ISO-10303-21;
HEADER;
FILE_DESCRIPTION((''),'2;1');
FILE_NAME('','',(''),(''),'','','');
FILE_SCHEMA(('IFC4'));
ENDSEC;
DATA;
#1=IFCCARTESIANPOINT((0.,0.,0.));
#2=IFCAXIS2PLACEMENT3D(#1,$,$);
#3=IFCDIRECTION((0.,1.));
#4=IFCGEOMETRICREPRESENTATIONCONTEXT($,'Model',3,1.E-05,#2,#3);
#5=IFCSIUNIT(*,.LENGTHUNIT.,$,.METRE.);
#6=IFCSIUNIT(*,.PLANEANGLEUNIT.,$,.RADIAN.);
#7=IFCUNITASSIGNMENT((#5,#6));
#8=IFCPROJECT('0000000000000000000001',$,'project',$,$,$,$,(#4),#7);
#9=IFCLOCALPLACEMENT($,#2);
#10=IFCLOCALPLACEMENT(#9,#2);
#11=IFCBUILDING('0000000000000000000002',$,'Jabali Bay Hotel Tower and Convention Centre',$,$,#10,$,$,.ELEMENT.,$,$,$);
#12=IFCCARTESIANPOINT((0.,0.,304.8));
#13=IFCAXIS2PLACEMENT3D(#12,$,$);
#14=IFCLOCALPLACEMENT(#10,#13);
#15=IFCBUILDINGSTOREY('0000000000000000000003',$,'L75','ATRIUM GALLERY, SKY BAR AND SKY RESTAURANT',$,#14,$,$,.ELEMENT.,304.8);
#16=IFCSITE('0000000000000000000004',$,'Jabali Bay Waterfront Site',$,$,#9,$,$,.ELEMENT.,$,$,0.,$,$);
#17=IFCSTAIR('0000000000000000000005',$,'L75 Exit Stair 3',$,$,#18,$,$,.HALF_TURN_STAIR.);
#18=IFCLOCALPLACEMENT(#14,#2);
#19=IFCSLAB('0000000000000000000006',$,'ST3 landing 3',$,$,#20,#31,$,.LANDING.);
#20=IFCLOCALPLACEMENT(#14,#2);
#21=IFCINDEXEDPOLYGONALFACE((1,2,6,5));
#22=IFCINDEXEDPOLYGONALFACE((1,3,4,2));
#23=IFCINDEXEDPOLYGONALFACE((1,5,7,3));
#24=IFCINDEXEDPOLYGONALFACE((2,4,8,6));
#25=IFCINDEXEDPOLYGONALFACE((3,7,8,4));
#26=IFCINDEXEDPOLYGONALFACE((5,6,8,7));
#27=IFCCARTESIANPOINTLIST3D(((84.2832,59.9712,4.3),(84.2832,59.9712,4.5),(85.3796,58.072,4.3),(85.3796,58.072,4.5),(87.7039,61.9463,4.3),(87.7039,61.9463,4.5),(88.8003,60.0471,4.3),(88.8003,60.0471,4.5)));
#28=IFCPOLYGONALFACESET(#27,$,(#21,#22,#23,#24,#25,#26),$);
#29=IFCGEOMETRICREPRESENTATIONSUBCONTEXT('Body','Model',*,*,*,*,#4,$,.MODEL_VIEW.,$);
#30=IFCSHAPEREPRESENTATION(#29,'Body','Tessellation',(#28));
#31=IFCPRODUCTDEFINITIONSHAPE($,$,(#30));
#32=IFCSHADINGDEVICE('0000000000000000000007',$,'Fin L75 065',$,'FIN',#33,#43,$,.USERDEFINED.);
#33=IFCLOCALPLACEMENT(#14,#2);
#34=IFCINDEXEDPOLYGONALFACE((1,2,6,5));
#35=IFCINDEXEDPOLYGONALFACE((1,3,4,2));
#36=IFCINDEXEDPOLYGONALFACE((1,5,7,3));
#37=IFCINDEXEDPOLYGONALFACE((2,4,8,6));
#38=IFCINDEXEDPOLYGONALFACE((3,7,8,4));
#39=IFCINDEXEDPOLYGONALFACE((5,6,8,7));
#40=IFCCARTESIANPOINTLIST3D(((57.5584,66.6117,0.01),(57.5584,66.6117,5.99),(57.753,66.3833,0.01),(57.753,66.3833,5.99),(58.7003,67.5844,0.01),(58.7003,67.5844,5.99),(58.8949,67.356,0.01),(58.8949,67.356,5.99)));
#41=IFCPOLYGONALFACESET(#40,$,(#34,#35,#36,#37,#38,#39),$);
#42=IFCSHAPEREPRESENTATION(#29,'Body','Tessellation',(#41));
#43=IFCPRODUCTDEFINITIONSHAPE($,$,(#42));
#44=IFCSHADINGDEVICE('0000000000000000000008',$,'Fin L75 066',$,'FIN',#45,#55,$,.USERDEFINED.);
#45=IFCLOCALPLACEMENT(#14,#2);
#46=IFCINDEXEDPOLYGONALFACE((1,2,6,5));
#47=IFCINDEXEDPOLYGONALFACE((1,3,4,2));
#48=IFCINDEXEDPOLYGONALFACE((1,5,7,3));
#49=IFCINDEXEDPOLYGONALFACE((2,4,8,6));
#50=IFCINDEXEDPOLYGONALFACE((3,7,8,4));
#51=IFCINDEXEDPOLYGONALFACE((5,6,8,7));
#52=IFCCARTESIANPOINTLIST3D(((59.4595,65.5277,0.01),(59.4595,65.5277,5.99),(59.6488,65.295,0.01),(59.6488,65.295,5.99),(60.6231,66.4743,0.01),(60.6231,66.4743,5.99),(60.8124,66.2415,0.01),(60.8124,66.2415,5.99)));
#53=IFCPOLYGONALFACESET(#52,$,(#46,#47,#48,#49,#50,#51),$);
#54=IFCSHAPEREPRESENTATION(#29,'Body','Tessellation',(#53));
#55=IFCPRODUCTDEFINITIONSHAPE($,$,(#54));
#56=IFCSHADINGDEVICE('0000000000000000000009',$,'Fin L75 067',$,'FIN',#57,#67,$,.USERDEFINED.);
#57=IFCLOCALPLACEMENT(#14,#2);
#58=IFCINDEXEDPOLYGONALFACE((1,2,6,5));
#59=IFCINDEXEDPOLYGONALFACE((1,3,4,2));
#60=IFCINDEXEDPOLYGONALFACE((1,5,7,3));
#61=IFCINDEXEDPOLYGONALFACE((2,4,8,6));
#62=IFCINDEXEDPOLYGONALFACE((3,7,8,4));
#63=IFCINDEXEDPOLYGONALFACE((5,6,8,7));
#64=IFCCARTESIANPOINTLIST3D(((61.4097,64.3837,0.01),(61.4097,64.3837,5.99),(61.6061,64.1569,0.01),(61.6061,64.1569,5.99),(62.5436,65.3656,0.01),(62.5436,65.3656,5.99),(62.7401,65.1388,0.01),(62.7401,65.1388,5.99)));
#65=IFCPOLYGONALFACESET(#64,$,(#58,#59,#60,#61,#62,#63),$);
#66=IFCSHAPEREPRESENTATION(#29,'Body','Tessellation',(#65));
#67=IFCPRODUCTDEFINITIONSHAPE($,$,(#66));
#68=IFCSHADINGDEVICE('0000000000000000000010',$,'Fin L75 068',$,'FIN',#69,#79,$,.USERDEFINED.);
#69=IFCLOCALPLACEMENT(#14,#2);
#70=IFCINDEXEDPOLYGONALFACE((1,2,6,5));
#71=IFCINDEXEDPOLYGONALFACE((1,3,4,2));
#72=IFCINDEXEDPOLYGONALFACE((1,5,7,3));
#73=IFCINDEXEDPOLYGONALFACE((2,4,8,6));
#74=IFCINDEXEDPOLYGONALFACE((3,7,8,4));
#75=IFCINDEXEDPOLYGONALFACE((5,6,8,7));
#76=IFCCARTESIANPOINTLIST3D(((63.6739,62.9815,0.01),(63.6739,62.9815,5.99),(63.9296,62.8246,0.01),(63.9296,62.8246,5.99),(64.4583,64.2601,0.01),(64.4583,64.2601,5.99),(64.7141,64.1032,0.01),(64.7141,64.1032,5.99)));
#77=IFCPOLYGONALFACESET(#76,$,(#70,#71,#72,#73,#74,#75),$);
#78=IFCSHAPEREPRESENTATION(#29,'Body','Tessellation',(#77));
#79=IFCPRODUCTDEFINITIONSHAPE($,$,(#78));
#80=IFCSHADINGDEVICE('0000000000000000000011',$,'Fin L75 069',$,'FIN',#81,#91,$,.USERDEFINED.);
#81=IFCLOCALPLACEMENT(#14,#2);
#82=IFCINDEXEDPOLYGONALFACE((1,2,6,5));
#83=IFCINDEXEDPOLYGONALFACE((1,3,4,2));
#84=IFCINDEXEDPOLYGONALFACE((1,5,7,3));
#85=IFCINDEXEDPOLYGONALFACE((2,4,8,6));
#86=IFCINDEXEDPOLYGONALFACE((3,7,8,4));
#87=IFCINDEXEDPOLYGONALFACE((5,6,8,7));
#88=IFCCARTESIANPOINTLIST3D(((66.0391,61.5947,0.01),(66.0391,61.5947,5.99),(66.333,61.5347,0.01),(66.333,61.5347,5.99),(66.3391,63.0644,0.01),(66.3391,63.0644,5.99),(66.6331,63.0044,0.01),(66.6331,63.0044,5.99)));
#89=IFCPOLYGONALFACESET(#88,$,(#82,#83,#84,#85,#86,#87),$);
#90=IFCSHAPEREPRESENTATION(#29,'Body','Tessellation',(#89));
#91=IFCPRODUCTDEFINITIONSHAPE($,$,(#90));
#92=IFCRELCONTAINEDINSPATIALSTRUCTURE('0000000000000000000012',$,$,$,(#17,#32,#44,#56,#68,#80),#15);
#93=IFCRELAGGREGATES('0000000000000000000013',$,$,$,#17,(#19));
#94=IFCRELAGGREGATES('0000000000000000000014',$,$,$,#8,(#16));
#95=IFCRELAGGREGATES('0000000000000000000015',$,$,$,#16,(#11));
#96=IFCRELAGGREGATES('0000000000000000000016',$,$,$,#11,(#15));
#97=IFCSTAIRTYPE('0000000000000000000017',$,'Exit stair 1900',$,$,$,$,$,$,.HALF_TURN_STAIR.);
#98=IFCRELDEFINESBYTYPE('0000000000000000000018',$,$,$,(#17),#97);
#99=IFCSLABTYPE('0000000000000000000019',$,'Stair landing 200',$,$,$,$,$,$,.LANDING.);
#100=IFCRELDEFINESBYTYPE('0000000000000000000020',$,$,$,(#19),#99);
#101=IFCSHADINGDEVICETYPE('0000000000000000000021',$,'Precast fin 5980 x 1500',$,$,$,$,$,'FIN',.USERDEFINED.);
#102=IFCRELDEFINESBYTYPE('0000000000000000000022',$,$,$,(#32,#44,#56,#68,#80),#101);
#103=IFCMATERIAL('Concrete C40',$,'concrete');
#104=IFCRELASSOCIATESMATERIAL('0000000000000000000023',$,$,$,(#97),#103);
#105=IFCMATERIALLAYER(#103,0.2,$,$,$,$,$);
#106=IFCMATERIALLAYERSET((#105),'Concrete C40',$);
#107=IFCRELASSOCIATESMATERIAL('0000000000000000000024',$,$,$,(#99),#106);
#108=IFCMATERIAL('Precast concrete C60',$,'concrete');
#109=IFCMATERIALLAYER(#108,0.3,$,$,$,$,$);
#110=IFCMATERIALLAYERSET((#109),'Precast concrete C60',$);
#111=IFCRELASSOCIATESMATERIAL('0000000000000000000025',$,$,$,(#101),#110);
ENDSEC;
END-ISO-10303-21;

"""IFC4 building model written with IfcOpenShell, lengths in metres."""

from ifc_helpers import new_model, si_unit, direction, frame, frame_2d, origin, place, context, subcontext, project, spatial, polyline, rectangle, outline, extrude, material, layer, layer_set, type_object, element, aggregate, save


model = new_model("IFC4")

# Units and contexts
model_context = context("Model", 3, precision=1e-05, world=origin(), true_north=direction((0.0, 1.0)))
body_context = subcontext(model_context, "Body", "Model", "MODEL_VIEW")
ifc_project = project(units=[si_unit("LENGTHUNIT", "METRE"), si_unit("PLANEANGLEUNIT", "RADIAN")], contexts=[model_context])

# Site, building, storey
site_placement = place(None, origin())
site = spatial("IfcSite", under=ifc_project, at=site_placement, Name="Jabali Bay Waterfront Site", CompositionType="ELEMENT", RefElevation=0.0)
building_placement = place(site_placement, origin())
building = spatial("IfcBuilding", under=site, at=building_placement, Name="Jabali Bay Hotel Tower and Convention Centre", CompositionType="ELEMENT")
storey_placement = place(building_placement, frame((0.0, 0.0, 304.8)))
storey = spatial("IfcBuildingStorey", under=building, at=storey_placement, Name="L75", Description="ATRIUM GALLERY, SKY BAR AND SKY RESTAURANT", CompositionType="ELEMENT", Elevation=304.8)

# Shared definitions
ifc_material_1 = material(Name="Concrete C40", Category="concrete")

# Stair, slab
stair_type = type_object("IfcStairType", Name="Exit stair 1900", PredefinedType="HALF_TURN_STAIR", material=ifc_material_1)
ifc_layer_1 = layer(ifc_material_1, 0.2)
ifc_layer_set_1 = layer_set([ifc_layer_1], Name="Concrete C40")
slab_type_1 = type_object("IfcSlabType", Name="Stair landing 200", PredefinedType="LANDING", material=ifc_layer_set_1)
stair_1_placement = place(storey_placement, origin())
stair_1 = element("IfcStair", 1, at=stair_1_placement, inside=storey, type_object=stair_type, Name="L75 Exit Stair 3", PredefinedType="HALF_TURN_STAIR")
slab_1_placement = place(storey_placement, frame((0.0, 0.0, 4.3)))
slab_1 = element("IfcSlab", 2, at=slab_1_placement, type_object=slab_type_1, Name="ST3 landing 3", PredefinedType="LANDING", context=body_context, shape_type="SweptSolid", body=[
    extrude(outline(polyline([(84.2832, 59.9712), (85.3796, 58.072), (88.8003, 60.0471), (87.7039, 61.9463), (84.2832, 59.9712)])), origin(), (0.0, 0.0, 1.0), 0.2),
])
aggregate(stair_1, [slab_1])

# Shading devices
ifc_material_2 = material(Name="Precast concrete C60", Category="concrete")
ifc_layer_2 = layer(ifc_material_2, 0.3)
ifc_layer_set_2 = layer_set([ifc_layer_2], Name="Precast concrete C60")
shading_device_type = type_object("IfcShadingDeviceType", Name="Precast fin 5980 x 1500", ElementType="FIN", PredefinedType="USERDEFINED", material=ifc_layer_set_2)
for number, where, z_axis, x_axis, name in (
    (3, (58.7976, 67.4702, 0.01), (0.0, 0.0, 1.0), (-0.761252, -0.648456, 0.0), "Fin L75 065"),
    (4, (60.7178, 66.3579, 0.01), (0.0, 0.0, 1.0), (-0.775745, -0.631046, 0.0), "Fin L75 066"),
    (5, (62.6418, 65.2522, 0.01), (0.0, 0.0, 1.0), (-0.755984, -0.65459, 0.0), "Fin L75 067"),
    (6, (64.5862, 64.1816, 0.01), (0.0, 0.0, 1.0), (-0.522944, -0.852367, 0.0), "Fin L75 068"),
    (7, (66.4861, 63.0344, 0.01), (0.0, 0.0, 1.0), (-0.200027, -0.97979, 0.0), "Fin L75 069"),
):
    element("IfcShadingDevice", number, at=place(storey_placement, frame(where, z_axis=z_axis, x_axis=x_axis)), inside=storey, type_object=shading_device_type, Name=name, ObjectType="FIN", PredefinedType="USERDEFINED", context=body_context, shape_type="SweptSolid", body=[
        extrude(rectangle(XDim=1.5, YDim=0.3, at=frame_2d((0.75, 0.0))), origin(), (0.0, 0.0, 1.0), 5.98),
    ])

save(model, "model.ifc")
